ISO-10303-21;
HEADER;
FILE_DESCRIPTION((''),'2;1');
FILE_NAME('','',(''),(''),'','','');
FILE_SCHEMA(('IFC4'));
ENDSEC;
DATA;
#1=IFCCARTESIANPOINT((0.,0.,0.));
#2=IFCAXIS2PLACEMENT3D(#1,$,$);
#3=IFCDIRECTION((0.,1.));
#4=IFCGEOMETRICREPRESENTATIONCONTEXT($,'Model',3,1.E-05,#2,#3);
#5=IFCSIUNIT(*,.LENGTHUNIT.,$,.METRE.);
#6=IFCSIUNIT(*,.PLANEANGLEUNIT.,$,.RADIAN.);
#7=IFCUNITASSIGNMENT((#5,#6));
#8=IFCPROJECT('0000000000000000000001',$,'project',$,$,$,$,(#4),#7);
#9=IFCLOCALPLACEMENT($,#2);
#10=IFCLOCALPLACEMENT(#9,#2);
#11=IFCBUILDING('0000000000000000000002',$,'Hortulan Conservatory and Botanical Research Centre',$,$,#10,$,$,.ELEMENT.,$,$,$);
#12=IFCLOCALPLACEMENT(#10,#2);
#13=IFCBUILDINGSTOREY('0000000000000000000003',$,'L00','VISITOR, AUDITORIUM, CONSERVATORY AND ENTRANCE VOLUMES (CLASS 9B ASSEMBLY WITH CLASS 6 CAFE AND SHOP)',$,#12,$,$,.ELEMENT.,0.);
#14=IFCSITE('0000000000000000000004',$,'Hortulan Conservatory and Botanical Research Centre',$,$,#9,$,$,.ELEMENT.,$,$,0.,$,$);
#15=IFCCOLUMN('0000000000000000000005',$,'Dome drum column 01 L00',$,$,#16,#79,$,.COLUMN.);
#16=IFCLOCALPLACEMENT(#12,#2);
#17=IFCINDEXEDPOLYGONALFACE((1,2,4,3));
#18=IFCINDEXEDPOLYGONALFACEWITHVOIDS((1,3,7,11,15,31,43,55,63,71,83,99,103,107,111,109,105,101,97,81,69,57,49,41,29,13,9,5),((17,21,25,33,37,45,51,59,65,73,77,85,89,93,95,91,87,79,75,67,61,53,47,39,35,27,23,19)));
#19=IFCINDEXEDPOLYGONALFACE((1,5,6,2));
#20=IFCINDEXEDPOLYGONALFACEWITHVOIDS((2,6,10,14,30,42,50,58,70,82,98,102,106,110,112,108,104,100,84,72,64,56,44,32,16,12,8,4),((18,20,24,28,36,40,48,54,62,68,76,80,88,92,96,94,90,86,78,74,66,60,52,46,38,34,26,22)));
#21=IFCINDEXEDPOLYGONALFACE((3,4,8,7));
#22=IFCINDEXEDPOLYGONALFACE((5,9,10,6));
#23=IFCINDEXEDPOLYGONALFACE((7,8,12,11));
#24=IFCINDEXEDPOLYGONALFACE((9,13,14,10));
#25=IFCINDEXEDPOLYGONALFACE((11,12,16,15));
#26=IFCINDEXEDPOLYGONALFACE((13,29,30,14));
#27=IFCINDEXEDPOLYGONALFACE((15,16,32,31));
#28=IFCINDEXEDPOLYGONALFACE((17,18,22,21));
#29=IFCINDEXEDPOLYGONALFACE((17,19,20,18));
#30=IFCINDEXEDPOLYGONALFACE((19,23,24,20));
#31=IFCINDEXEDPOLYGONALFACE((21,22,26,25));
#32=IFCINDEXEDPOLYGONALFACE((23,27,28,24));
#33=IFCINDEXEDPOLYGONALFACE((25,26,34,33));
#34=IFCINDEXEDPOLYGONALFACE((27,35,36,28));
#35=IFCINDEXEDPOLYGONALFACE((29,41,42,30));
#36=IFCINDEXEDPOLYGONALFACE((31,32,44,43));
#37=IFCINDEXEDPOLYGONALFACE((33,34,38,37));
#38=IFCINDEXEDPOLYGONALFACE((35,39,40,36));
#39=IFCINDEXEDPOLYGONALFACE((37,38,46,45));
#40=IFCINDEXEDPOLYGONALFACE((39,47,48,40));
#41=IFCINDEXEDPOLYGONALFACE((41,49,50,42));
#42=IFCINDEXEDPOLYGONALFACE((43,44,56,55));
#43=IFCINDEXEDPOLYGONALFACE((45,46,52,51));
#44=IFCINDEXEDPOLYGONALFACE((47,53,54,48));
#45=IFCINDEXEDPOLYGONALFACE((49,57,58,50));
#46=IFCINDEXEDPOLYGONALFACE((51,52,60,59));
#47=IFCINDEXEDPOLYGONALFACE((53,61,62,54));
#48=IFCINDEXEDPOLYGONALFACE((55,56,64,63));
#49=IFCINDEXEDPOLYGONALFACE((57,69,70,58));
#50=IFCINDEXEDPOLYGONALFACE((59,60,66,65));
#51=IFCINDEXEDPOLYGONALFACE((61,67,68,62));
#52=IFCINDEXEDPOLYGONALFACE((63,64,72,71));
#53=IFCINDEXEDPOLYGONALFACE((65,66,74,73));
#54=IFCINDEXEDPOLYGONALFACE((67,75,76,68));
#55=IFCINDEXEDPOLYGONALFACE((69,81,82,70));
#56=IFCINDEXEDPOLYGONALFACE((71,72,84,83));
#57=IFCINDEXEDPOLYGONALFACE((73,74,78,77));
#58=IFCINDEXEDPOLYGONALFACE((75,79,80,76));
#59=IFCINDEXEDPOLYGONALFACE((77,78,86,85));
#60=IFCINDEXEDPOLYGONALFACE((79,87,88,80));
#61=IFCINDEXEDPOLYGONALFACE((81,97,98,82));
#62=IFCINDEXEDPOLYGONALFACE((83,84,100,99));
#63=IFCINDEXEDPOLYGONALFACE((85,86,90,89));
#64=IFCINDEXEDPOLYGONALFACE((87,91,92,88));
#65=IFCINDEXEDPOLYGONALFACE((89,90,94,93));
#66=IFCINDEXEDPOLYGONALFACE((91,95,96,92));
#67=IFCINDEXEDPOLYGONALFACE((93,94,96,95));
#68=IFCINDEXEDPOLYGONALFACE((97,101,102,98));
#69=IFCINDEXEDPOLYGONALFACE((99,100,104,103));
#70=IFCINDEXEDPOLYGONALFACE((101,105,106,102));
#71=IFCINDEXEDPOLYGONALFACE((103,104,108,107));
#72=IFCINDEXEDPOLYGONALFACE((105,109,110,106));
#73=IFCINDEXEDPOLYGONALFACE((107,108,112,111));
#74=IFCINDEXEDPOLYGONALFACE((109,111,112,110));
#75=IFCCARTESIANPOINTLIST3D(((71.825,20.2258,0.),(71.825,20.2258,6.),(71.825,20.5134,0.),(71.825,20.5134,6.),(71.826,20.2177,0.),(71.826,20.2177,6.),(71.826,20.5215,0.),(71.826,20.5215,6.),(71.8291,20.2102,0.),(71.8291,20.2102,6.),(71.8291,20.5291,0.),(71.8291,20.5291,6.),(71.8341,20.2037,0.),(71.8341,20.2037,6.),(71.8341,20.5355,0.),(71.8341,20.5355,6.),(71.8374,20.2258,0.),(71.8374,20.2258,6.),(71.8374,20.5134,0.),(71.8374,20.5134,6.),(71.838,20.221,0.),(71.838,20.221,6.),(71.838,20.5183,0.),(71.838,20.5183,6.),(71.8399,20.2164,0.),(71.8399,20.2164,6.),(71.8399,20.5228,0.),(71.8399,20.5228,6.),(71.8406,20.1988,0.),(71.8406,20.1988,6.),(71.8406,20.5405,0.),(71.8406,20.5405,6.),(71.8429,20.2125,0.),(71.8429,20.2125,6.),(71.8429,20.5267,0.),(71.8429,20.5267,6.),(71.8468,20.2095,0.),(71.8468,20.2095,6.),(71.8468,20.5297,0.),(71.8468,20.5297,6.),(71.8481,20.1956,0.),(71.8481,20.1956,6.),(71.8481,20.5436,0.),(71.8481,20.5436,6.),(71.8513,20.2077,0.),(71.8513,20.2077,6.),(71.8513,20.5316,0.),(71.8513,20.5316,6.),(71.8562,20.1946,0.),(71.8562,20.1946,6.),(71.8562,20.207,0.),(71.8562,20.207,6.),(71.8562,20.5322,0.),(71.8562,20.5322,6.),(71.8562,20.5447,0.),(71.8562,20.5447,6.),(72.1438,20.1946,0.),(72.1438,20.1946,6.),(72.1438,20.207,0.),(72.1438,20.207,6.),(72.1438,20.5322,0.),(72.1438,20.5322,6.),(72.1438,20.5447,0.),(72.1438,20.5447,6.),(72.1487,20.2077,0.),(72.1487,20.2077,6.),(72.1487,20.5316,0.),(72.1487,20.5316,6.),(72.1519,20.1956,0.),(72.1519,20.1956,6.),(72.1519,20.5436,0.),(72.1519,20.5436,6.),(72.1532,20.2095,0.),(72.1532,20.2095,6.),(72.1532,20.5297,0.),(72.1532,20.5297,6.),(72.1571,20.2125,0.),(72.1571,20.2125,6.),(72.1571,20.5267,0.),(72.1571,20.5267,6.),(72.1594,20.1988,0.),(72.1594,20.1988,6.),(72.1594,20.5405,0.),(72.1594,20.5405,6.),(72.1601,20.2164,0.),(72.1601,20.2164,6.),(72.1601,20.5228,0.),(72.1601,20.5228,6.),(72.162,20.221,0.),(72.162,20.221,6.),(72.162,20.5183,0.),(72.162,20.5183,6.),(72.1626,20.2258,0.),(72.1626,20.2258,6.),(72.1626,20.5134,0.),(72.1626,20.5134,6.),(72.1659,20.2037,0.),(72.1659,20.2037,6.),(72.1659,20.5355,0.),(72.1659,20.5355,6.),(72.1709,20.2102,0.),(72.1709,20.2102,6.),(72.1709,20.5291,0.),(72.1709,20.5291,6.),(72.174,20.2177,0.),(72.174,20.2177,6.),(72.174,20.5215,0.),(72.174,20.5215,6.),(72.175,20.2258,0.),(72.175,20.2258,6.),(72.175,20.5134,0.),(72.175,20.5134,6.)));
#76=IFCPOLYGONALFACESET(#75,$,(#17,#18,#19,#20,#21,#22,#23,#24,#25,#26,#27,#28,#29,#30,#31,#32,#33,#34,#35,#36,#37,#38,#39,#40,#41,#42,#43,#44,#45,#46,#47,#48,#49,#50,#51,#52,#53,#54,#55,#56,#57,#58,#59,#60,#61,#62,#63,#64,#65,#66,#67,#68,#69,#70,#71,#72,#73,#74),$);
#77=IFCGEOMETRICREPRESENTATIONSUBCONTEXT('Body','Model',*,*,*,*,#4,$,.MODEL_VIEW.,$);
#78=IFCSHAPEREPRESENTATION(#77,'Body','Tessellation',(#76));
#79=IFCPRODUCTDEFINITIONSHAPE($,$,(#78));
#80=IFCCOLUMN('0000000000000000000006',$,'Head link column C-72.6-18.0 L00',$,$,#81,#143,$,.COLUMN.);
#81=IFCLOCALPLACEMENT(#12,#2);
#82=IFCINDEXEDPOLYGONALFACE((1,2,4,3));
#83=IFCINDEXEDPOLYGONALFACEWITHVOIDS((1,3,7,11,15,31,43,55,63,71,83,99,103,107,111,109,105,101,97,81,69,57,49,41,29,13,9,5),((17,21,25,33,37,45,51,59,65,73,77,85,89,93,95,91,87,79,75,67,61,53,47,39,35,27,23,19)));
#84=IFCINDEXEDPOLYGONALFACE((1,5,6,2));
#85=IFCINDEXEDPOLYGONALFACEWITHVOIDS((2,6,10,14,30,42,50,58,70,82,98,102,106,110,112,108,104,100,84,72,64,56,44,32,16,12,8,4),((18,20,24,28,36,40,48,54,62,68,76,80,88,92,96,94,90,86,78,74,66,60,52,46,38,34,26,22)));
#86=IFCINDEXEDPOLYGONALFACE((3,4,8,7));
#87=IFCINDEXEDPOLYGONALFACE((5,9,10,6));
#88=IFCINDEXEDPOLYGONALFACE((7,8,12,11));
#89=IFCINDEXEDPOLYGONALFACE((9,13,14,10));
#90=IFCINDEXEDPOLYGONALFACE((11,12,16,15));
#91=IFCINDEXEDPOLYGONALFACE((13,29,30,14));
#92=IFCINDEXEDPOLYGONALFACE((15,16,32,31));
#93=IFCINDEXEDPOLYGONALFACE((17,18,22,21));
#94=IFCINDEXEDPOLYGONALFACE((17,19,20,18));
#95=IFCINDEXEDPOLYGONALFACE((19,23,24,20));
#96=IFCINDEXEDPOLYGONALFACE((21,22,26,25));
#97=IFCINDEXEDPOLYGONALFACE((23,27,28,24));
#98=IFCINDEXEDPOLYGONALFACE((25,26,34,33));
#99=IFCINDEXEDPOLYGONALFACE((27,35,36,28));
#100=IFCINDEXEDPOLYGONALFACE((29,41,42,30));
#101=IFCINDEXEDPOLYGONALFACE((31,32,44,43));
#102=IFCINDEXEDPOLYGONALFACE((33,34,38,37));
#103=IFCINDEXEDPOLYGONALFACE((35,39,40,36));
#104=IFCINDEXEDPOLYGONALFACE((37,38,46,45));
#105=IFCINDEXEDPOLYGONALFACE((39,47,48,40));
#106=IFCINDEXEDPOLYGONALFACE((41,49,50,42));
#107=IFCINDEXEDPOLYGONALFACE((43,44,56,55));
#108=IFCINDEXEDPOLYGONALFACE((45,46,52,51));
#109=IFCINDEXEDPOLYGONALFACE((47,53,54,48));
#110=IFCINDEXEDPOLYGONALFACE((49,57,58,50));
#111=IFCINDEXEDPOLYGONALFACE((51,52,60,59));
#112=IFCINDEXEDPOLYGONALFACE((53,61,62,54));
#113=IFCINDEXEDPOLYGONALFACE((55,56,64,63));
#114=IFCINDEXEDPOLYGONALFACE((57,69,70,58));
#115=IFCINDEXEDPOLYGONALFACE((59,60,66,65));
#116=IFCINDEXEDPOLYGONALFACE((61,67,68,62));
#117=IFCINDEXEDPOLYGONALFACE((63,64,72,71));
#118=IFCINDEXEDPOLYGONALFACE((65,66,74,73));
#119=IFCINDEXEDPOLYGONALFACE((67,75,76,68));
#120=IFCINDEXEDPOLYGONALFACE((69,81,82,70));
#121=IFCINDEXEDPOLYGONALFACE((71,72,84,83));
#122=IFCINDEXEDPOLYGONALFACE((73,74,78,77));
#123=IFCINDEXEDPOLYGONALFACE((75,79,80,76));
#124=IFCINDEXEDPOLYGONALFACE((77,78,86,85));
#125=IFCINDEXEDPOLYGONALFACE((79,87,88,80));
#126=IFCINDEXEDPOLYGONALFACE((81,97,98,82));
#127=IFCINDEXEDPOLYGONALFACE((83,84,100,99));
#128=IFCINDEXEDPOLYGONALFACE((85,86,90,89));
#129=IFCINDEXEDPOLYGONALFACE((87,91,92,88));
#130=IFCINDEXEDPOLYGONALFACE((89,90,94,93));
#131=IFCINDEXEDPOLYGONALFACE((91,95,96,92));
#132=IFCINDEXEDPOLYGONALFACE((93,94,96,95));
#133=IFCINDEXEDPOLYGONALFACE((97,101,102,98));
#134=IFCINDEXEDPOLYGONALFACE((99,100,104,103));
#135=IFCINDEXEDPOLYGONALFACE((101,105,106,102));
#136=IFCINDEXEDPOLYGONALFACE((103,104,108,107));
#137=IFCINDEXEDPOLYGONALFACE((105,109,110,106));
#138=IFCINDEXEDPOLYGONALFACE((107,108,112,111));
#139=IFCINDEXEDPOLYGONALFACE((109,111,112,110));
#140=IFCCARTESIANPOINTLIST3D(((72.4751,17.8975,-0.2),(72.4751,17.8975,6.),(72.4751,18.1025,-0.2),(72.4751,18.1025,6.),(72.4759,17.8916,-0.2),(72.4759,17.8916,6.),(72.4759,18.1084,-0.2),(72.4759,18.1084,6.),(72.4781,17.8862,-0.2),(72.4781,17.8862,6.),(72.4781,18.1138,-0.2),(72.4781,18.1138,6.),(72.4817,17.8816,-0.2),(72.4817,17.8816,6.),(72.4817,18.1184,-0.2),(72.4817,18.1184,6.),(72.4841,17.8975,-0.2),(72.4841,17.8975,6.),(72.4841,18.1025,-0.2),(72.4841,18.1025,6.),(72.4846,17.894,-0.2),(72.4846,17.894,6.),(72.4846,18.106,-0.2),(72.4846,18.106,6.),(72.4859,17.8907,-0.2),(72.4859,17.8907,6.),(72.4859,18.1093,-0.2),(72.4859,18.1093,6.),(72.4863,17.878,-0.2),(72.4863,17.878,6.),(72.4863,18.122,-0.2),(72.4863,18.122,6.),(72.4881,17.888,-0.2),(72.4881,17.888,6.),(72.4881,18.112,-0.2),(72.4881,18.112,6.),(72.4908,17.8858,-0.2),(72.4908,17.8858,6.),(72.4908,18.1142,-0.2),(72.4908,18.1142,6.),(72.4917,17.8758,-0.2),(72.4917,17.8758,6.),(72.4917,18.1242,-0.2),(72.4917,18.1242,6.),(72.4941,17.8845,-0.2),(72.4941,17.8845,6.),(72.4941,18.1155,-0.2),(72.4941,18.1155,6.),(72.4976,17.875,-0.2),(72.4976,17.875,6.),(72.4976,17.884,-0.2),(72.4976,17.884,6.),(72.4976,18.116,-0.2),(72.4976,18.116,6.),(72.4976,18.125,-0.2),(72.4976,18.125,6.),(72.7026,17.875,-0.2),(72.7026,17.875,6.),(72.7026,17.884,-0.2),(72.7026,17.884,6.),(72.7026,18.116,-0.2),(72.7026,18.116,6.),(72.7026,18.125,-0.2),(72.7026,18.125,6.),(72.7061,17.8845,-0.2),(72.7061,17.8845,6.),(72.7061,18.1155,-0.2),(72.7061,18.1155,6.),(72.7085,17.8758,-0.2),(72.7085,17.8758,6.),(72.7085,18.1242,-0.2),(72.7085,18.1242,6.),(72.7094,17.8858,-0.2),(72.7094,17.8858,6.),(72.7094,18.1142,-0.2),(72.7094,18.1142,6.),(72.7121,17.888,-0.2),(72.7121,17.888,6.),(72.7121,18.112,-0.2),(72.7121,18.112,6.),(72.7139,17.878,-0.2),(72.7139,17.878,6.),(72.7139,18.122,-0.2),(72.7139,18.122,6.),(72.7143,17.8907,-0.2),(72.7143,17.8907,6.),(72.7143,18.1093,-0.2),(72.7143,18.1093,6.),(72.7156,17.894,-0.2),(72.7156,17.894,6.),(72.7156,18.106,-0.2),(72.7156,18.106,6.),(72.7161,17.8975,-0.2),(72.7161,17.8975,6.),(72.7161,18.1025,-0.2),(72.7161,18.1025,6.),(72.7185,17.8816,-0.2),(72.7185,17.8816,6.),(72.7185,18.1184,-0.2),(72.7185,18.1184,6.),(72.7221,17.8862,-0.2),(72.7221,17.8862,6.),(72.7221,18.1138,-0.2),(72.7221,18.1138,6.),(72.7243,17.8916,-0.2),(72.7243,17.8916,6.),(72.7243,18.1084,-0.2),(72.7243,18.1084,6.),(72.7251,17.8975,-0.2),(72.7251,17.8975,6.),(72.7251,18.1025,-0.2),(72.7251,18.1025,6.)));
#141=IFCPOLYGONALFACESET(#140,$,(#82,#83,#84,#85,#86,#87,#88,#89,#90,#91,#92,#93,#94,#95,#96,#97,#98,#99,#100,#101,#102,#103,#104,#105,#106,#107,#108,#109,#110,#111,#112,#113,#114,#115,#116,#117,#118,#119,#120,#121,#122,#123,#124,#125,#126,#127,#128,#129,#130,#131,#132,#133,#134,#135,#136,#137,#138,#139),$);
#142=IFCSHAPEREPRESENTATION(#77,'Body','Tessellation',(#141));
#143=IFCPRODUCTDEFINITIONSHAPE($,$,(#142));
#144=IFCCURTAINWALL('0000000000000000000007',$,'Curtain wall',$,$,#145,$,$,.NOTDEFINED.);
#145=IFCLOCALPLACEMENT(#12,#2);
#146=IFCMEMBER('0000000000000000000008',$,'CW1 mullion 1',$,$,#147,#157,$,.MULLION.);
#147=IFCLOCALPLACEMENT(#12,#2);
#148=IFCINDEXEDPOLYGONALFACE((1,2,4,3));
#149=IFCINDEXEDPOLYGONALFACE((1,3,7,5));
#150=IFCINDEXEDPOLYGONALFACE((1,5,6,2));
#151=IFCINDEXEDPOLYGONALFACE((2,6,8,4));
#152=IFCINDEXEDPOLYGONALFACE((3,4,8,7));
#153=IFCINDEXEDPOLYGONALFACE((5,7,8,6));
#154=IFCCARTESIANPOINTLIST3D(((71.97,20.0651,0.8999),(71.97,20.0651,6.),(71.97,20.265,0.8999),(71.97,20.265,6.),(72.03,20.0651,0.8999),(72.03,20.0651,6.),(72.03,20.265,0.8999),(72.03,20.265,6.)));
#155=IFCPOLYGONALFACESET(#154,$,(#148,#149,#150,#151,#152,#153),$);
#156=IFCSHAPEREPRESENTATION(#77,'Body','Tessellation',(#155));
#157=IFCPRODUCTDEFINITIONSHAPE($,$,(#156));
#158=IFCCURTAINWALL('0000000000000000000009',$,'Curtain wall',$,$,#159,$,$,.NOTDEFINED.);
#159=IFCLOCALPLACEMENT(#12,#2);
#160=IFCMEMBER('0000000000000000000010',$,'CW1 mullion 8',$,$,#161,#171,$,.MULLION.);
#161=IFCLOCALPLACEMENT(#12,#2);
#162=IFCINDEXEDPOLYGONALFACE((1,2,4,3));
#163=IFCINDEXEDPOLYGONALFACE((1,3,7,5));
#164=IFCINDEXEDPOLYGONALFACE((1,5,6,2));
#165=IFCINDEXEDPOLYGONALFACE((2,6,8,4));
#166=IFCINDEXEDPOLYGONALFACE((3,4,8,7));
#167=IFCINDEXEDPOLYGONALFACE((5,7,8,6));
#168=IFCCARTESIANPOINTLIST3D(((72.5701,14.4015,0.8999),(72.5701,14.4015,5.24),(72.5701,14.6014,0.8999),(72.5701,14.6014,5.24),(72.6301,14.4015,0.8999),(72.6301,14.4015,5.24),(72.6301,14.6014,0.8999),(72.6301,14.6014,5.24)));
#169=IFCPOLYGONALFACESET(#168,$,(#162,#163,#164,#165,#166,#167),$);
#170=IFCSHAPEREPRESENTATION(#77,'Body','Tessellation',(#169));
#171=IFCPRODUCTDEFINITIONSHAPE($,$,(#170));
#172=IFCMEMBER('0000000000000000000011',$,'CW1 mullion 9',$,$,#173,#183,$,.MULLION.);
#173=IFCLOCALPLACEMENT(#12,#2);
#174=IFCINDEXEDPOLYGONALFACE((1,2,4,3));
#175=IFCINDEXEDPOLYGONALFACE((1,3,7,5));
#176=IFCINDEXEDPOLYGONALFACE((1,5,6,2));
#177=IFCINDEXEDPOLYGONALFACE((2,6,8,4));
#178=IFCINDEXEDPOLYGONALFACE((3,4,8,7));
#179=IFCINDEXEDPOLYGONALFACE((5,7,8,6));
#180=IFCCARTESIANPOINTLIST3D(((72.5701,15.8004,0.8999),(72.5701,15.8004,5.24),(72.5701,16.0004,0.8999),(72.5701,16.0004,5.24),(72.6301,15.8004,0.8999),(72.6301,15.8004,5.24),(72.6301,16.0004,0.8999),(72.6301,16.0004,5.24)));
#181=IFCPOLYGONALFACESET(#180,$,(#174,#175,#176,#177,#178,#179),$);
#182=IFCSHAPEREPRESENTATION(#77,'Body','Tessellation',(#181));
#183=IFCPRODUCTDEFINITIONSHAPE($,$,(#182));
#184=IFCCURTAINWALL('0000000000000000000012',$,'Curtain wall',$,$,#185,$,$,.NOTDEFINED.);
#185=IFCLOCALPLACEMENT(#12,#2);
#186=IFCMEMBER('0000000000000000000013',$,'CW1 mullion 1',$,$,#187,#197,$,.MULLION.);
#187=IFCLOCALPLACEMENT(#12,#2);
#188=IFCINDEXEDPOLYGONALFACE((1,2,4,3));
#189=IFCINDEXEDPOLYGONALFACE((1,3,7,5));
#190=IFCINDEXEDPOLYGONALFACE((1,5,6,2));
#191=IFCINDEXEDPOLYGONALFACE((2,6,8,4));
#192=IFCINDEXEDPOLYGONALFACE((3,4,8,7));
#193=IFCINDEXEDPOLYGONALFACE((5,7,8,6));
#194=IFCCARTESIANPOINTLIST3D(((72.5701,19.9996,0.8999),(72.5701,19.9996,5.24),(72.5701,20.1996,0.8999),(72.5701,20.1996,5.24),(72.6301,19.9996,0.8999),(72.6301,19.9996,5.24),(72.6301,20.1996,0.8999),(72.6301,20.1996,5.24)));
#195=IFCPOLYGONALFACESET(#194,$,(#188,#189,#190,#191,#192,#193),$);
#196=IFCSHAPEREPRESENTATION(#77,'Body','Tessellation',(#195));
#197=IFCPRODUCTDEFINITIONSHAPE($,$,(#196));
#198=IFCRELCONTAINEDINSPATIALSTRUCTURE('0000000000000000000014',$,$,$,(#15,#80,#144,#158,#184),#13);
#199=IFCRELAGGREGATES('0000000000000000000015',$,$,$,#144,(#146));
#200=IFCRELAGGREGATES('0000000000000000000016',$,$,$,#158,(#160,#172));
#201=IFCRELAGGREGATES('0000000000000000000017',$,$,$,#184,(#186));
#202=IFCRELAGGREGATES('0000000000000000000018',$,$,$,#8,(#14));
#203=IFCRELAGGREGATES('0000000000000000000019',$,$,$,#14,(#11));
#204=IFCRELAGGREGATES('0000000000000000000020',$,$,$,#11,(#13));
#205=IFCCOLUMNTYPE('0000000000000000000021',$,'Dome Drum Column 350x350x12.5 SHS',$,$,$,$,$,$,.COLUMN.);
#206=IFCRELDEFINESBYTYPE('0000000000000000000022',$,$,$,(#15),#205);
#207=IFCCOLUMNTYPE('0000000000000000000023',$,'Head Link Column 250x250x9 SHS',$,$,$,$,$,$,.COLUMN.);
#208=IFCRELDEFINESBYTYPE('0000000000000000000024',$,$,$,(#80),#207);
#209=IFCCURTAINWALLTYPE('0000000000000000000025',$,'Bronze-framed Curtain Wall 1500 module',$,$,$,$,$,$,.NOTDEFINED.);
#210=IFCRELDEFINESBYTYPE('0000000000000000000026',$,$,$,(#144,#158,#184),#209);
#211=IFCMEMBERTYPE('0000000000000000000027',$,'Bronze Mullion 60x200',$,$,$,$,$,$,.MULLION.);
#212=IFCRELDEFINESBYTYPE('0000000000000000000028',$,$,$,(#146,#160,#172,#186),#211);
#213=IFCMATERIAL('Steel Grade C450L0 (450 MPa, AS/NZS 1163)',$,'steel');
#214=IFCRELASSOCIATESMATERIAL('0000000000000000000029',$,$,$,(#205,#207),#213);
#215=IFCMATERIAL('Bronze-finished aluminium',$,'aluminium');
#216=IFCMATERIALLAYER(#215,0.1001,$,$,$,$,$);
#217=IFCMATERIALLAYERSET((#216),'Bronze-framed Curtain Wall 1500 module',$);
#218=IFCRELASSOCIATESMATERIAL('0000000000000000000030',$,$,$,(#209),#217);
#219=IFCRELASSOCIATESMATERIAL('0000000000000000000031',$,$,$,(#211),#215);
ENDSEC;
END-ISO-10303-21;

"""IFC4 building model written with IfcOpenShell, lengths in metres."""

from ifc_helpers import new_model, si_unit, direction, frame, origin, origin_2d, place, context, subcontext, project, spatial, rectangle, hollow_rectangle, extrude, material, layer, layer_set, material_profile, profile_set, type_object, element, aggregate, save


model = new_model("IFC4")

# Units and contexts
model_context = context("Model", 3, precision=1e-05, world=origin(), true_north=direction((0.0, 1.0)))
body_context = subcontext(model_context, "Body", "Model", "MODEL_VIEW")
ifc_project = project(units=[si_unit("LENGTHUNIT", "METRE"), si_unit("PLANEANGLEUNIT", "RADIAN")], contexts=[model_context])

# Site, building, storey
site_placement = place(None, origin())
site = spatial("IfcSite", under=ifc_project, at=site_placement, Name="Hortulan Conservatory and Botanical Research Centre", CompositionType="ELEMENT", RefElevation=0.0)
building_placement = place(site_placement, origin())
building = spatial("IfcBuilding", under=site, at=building_placement, Name="Hortulan Conservatory and Botanical Research Centre", CompositionType="ELEMENT")
storey_placement = place(building_placement, origin())
storey = spatial("IfcBuildingStorey", under=building, at=storey_placement, Name="L00", Description="VISITOR, AUDITORIUM, CONSERVATORY AND ENTRANCE VOLUMES (CLASS 9B ASSEMBLY WITH CLASS 6 CAFE AND SHOP)", CompositionType="ELEMENT", Elevation=0.0)

# Columns
ifc_material_1 = material(Name="Steel Grade C450L0 (450 MPa, AS/NZS 1163)", Category="steel")
ifc_material_profile_1 = material_profile(ifc_material_1, hollow_rectangle(XDim=0.3501, YDim=0.3501, WallThickness=0.0125, InnerFilletRadius=0.0188, OuterFilletRadius=0.0312, at=origin_2d()), Name="350x350x12.5SHS")
ifc_profile_set_1 = profile_set([ifc_material_profile_1], Name="Steel Grade C450L0 (450 MPa, AS/NZS 1163)")
column_type_1 = type_object("IfcColumnType", Name="Dome Drum Column 350x350x12.5 SHS", PredefinedType="COLUMN", material=ifc_profile_set_1)
column_1_placement = place(storey_placement, frame((72.0, 20.3696, 0.0), z_axis=(0.0, 0.0, 1.0), x_axis=(1.0, 0.0, 0.0)))
element("IfcColumn", 1, at=column_1_placement, inside=storey, type_object=column_type_1, Name="Dome drum column 01 L00", PredefinedType="COLUMN", context=body_context, shape_type="SweptSolid", body=[
    extrude(hollow_rectangle(XDim=0.3501, YDim=0.3501, WallThickness=0.0125, InnerFilletRadius=0.0188, OuterFilletRadius=0.0312, at=origin_2d()), origin(), (0.0, 0.0, 1.0), 6.0),
])
ifc_material_profile_2 = material_profile(ifc_material_1, hollow_rectangle(XDim=0.25, YDim=0.25, WallThickness=0.009, InnerFilletRadius=0.0134, OuterFilletRadius=0.0225, at=origin_2d()), Name="250x250x9SHS")
ifc_profile_set_2 = profile_set([ifc_material_profile_2], Name="Steel Grade C450L0 (450 MPa, AS/NZS 1163)")
column_type_2 = type_object("IfcColumnType", Name="Head Link Column 250x250x9 SHS", PredefinedType="COLUMN", material=ifc_profile_set_2)
column_2_placement = place(storey_placement, frame((72.6001, 18.0, -0.2), z_axis=(0.0, 0.0, 1.0), x_axis=(1.0, 0.0, 0.0)))
element("IfcColumn", 2, at=column_2_placement, inside=storey, type_object=column_type_2, Name="Head link column C-72.6-18.0 L00", PredefinedType="COLUMN", context=body_context, shape_type="SweptSolid", body=[
    extrude(hollow_rectangle(XDim=0.25, YDim=0.25, WallThickness=0.009, InnerFilletRadius=0.0134, OuterFilletRadius=0.0225, at=origin_2d()), origin(), (0.0, 0.0, 1.0), 6.2),
])

# Curtain wall, member
ifc_material_2 = material(Name="Bronze-finished aluminium", Category="aluminium")
ifc_layer_1 = layer(ifc_material_2, 0.1001)
ifc_layer_set_1 = layer_set([ifc_layer_1], Name="Bronze-framed Curtain Wall 1500 module")
curtain_wall_type = type_object("IfcCurtainWallType", Name="Bronze-framed Curtain Wall 1500 module", PredefinedType="NOTDEFINED", material=ifc_layer_set_1)
curtain_wall_1_placement = place(storey_placement, origin())
curtain_wall_1 = element("IfcCurtainWall", 3, at=curtain_wall_1_placement, inside=storey, type_object=curtain_wall_type, Name="Curtain wall", PredefinedType="NOTDEFINED")
ifc_material_profile_3 = material_profile(ifc_material_2, rectangle(XDim=0.0601, YDim=0.2, at=origin_2d()), Name="Bronze Mullion 60x200")
ifc_profile_set_3 = profile_set([ifc_material_profile_3], Name="Bronze-finished aluminium")
member_type_1 = type_object("IfcMemberType", Name="Bronze Mullion 60x200", PredefinedType="MULLION", material=ifc_profile_set_3)
member_1_placement = place(storey_placement, frame((72.0, 20.165, 0.8999), z_axis=(0.0, 0.0, 1.0), x_axis=(1.0, 0.0, 0.0)))
member_1 = element("IfcMember", 4, at=member_1_placement, type_object=member_type_1, Name="CW1 mullion 1", PredefinedType="MULLION", context=body_context, shape_type="SweptSolid", body=[
    extrude(rectangle(XDim=0.0601, YDim=0.2, at=origin_2d()), origin(), (0.0, 0.0, 1.0), 5.1001),
])

# Curtain wall, members
curtain_wall_2_placement = place(storey_placement, origin())
curtain_wall_2 = element("IfcCurtainWall", 5, at=curtain_wall_2_placement, inside=storey, type_object=curtain_wall_type, Name="Curtain wall", PredefinedType="NOTDEFINED")
member_2_placement = place(storey_placement, frame((72.6001, 14.5015, 0.8999), z_axis=(0.0, 0.0, 1.0), x_axis=(-1.0, 0.0, 0.0)))
member_2 = element("IfcMember", 6, at=member_2_placement, type_object=member_type_1, Name="CW1 mullion 8", PredefinedType="MULLION", context=body_context, shape_type="SweptSolid", body=[
    extrude(rectangle(XDim=0.0601, YDim=0.2, at=origin_2d()), origin(), (0.0, 0.0, 1.0), 4.3401),
])
member_3_placement = place(storey_placement, frame((72.6001, 15.9004, 0.8999), z_axis=(0.0, 0.0, 1.0), x_axis=(-1.0, 0.0, 0.0)))
member_3 = element("IfcMember", 7, at=member_3_placement, type_object=member_type_1, Name="CW1 mullion 9", PredefinedType="MULLION", context=body_context, shape_type="SweptSolid", body=[
    extrude(rectangle(XDim=0.0601, YDim=0.2, at=origin_2d()), origin(), (0.0, 0.0, 1.0), 4.3401),
])

# Curtain wall, member
curtain_wall_3_placement = place(storey_placement, origin())
curtain_wall_3 = element("IfcCurtainWall", 8, at=curtain_wall_3_placement, inside=storey, type_object=curtain_wall_type, Name="Curtain wall", PredefinedType="NOTDEFINED")
member_4_placement = place(storey_placement, frame((72.6001, 20.0996, 0.8999), z_axis=(0.0, 0.0, 1.0), x_axis=(-1.0, 0.0, 0.0)))
member_4 = element("IfcMember", 9, at=member_4_placement, type_object=member_type_1, Name="CW1 mullion 1", PredefinedType="MULLION", context=body_context, shape_type="SweptSolid", body=[
    extrude(rectangle(XDim=0.0601, YDim=0.2, at=origin_2d()), origin(), (0.0, 0.0, 1.0), 4.3401),
])

aggregate(curtain_wall_1, [member_1])
aggregate(curtain_wall_2, [member_2, member_3])
aggregate(curtain_wall_3, [member_4])

save(model, "model.ifc")
